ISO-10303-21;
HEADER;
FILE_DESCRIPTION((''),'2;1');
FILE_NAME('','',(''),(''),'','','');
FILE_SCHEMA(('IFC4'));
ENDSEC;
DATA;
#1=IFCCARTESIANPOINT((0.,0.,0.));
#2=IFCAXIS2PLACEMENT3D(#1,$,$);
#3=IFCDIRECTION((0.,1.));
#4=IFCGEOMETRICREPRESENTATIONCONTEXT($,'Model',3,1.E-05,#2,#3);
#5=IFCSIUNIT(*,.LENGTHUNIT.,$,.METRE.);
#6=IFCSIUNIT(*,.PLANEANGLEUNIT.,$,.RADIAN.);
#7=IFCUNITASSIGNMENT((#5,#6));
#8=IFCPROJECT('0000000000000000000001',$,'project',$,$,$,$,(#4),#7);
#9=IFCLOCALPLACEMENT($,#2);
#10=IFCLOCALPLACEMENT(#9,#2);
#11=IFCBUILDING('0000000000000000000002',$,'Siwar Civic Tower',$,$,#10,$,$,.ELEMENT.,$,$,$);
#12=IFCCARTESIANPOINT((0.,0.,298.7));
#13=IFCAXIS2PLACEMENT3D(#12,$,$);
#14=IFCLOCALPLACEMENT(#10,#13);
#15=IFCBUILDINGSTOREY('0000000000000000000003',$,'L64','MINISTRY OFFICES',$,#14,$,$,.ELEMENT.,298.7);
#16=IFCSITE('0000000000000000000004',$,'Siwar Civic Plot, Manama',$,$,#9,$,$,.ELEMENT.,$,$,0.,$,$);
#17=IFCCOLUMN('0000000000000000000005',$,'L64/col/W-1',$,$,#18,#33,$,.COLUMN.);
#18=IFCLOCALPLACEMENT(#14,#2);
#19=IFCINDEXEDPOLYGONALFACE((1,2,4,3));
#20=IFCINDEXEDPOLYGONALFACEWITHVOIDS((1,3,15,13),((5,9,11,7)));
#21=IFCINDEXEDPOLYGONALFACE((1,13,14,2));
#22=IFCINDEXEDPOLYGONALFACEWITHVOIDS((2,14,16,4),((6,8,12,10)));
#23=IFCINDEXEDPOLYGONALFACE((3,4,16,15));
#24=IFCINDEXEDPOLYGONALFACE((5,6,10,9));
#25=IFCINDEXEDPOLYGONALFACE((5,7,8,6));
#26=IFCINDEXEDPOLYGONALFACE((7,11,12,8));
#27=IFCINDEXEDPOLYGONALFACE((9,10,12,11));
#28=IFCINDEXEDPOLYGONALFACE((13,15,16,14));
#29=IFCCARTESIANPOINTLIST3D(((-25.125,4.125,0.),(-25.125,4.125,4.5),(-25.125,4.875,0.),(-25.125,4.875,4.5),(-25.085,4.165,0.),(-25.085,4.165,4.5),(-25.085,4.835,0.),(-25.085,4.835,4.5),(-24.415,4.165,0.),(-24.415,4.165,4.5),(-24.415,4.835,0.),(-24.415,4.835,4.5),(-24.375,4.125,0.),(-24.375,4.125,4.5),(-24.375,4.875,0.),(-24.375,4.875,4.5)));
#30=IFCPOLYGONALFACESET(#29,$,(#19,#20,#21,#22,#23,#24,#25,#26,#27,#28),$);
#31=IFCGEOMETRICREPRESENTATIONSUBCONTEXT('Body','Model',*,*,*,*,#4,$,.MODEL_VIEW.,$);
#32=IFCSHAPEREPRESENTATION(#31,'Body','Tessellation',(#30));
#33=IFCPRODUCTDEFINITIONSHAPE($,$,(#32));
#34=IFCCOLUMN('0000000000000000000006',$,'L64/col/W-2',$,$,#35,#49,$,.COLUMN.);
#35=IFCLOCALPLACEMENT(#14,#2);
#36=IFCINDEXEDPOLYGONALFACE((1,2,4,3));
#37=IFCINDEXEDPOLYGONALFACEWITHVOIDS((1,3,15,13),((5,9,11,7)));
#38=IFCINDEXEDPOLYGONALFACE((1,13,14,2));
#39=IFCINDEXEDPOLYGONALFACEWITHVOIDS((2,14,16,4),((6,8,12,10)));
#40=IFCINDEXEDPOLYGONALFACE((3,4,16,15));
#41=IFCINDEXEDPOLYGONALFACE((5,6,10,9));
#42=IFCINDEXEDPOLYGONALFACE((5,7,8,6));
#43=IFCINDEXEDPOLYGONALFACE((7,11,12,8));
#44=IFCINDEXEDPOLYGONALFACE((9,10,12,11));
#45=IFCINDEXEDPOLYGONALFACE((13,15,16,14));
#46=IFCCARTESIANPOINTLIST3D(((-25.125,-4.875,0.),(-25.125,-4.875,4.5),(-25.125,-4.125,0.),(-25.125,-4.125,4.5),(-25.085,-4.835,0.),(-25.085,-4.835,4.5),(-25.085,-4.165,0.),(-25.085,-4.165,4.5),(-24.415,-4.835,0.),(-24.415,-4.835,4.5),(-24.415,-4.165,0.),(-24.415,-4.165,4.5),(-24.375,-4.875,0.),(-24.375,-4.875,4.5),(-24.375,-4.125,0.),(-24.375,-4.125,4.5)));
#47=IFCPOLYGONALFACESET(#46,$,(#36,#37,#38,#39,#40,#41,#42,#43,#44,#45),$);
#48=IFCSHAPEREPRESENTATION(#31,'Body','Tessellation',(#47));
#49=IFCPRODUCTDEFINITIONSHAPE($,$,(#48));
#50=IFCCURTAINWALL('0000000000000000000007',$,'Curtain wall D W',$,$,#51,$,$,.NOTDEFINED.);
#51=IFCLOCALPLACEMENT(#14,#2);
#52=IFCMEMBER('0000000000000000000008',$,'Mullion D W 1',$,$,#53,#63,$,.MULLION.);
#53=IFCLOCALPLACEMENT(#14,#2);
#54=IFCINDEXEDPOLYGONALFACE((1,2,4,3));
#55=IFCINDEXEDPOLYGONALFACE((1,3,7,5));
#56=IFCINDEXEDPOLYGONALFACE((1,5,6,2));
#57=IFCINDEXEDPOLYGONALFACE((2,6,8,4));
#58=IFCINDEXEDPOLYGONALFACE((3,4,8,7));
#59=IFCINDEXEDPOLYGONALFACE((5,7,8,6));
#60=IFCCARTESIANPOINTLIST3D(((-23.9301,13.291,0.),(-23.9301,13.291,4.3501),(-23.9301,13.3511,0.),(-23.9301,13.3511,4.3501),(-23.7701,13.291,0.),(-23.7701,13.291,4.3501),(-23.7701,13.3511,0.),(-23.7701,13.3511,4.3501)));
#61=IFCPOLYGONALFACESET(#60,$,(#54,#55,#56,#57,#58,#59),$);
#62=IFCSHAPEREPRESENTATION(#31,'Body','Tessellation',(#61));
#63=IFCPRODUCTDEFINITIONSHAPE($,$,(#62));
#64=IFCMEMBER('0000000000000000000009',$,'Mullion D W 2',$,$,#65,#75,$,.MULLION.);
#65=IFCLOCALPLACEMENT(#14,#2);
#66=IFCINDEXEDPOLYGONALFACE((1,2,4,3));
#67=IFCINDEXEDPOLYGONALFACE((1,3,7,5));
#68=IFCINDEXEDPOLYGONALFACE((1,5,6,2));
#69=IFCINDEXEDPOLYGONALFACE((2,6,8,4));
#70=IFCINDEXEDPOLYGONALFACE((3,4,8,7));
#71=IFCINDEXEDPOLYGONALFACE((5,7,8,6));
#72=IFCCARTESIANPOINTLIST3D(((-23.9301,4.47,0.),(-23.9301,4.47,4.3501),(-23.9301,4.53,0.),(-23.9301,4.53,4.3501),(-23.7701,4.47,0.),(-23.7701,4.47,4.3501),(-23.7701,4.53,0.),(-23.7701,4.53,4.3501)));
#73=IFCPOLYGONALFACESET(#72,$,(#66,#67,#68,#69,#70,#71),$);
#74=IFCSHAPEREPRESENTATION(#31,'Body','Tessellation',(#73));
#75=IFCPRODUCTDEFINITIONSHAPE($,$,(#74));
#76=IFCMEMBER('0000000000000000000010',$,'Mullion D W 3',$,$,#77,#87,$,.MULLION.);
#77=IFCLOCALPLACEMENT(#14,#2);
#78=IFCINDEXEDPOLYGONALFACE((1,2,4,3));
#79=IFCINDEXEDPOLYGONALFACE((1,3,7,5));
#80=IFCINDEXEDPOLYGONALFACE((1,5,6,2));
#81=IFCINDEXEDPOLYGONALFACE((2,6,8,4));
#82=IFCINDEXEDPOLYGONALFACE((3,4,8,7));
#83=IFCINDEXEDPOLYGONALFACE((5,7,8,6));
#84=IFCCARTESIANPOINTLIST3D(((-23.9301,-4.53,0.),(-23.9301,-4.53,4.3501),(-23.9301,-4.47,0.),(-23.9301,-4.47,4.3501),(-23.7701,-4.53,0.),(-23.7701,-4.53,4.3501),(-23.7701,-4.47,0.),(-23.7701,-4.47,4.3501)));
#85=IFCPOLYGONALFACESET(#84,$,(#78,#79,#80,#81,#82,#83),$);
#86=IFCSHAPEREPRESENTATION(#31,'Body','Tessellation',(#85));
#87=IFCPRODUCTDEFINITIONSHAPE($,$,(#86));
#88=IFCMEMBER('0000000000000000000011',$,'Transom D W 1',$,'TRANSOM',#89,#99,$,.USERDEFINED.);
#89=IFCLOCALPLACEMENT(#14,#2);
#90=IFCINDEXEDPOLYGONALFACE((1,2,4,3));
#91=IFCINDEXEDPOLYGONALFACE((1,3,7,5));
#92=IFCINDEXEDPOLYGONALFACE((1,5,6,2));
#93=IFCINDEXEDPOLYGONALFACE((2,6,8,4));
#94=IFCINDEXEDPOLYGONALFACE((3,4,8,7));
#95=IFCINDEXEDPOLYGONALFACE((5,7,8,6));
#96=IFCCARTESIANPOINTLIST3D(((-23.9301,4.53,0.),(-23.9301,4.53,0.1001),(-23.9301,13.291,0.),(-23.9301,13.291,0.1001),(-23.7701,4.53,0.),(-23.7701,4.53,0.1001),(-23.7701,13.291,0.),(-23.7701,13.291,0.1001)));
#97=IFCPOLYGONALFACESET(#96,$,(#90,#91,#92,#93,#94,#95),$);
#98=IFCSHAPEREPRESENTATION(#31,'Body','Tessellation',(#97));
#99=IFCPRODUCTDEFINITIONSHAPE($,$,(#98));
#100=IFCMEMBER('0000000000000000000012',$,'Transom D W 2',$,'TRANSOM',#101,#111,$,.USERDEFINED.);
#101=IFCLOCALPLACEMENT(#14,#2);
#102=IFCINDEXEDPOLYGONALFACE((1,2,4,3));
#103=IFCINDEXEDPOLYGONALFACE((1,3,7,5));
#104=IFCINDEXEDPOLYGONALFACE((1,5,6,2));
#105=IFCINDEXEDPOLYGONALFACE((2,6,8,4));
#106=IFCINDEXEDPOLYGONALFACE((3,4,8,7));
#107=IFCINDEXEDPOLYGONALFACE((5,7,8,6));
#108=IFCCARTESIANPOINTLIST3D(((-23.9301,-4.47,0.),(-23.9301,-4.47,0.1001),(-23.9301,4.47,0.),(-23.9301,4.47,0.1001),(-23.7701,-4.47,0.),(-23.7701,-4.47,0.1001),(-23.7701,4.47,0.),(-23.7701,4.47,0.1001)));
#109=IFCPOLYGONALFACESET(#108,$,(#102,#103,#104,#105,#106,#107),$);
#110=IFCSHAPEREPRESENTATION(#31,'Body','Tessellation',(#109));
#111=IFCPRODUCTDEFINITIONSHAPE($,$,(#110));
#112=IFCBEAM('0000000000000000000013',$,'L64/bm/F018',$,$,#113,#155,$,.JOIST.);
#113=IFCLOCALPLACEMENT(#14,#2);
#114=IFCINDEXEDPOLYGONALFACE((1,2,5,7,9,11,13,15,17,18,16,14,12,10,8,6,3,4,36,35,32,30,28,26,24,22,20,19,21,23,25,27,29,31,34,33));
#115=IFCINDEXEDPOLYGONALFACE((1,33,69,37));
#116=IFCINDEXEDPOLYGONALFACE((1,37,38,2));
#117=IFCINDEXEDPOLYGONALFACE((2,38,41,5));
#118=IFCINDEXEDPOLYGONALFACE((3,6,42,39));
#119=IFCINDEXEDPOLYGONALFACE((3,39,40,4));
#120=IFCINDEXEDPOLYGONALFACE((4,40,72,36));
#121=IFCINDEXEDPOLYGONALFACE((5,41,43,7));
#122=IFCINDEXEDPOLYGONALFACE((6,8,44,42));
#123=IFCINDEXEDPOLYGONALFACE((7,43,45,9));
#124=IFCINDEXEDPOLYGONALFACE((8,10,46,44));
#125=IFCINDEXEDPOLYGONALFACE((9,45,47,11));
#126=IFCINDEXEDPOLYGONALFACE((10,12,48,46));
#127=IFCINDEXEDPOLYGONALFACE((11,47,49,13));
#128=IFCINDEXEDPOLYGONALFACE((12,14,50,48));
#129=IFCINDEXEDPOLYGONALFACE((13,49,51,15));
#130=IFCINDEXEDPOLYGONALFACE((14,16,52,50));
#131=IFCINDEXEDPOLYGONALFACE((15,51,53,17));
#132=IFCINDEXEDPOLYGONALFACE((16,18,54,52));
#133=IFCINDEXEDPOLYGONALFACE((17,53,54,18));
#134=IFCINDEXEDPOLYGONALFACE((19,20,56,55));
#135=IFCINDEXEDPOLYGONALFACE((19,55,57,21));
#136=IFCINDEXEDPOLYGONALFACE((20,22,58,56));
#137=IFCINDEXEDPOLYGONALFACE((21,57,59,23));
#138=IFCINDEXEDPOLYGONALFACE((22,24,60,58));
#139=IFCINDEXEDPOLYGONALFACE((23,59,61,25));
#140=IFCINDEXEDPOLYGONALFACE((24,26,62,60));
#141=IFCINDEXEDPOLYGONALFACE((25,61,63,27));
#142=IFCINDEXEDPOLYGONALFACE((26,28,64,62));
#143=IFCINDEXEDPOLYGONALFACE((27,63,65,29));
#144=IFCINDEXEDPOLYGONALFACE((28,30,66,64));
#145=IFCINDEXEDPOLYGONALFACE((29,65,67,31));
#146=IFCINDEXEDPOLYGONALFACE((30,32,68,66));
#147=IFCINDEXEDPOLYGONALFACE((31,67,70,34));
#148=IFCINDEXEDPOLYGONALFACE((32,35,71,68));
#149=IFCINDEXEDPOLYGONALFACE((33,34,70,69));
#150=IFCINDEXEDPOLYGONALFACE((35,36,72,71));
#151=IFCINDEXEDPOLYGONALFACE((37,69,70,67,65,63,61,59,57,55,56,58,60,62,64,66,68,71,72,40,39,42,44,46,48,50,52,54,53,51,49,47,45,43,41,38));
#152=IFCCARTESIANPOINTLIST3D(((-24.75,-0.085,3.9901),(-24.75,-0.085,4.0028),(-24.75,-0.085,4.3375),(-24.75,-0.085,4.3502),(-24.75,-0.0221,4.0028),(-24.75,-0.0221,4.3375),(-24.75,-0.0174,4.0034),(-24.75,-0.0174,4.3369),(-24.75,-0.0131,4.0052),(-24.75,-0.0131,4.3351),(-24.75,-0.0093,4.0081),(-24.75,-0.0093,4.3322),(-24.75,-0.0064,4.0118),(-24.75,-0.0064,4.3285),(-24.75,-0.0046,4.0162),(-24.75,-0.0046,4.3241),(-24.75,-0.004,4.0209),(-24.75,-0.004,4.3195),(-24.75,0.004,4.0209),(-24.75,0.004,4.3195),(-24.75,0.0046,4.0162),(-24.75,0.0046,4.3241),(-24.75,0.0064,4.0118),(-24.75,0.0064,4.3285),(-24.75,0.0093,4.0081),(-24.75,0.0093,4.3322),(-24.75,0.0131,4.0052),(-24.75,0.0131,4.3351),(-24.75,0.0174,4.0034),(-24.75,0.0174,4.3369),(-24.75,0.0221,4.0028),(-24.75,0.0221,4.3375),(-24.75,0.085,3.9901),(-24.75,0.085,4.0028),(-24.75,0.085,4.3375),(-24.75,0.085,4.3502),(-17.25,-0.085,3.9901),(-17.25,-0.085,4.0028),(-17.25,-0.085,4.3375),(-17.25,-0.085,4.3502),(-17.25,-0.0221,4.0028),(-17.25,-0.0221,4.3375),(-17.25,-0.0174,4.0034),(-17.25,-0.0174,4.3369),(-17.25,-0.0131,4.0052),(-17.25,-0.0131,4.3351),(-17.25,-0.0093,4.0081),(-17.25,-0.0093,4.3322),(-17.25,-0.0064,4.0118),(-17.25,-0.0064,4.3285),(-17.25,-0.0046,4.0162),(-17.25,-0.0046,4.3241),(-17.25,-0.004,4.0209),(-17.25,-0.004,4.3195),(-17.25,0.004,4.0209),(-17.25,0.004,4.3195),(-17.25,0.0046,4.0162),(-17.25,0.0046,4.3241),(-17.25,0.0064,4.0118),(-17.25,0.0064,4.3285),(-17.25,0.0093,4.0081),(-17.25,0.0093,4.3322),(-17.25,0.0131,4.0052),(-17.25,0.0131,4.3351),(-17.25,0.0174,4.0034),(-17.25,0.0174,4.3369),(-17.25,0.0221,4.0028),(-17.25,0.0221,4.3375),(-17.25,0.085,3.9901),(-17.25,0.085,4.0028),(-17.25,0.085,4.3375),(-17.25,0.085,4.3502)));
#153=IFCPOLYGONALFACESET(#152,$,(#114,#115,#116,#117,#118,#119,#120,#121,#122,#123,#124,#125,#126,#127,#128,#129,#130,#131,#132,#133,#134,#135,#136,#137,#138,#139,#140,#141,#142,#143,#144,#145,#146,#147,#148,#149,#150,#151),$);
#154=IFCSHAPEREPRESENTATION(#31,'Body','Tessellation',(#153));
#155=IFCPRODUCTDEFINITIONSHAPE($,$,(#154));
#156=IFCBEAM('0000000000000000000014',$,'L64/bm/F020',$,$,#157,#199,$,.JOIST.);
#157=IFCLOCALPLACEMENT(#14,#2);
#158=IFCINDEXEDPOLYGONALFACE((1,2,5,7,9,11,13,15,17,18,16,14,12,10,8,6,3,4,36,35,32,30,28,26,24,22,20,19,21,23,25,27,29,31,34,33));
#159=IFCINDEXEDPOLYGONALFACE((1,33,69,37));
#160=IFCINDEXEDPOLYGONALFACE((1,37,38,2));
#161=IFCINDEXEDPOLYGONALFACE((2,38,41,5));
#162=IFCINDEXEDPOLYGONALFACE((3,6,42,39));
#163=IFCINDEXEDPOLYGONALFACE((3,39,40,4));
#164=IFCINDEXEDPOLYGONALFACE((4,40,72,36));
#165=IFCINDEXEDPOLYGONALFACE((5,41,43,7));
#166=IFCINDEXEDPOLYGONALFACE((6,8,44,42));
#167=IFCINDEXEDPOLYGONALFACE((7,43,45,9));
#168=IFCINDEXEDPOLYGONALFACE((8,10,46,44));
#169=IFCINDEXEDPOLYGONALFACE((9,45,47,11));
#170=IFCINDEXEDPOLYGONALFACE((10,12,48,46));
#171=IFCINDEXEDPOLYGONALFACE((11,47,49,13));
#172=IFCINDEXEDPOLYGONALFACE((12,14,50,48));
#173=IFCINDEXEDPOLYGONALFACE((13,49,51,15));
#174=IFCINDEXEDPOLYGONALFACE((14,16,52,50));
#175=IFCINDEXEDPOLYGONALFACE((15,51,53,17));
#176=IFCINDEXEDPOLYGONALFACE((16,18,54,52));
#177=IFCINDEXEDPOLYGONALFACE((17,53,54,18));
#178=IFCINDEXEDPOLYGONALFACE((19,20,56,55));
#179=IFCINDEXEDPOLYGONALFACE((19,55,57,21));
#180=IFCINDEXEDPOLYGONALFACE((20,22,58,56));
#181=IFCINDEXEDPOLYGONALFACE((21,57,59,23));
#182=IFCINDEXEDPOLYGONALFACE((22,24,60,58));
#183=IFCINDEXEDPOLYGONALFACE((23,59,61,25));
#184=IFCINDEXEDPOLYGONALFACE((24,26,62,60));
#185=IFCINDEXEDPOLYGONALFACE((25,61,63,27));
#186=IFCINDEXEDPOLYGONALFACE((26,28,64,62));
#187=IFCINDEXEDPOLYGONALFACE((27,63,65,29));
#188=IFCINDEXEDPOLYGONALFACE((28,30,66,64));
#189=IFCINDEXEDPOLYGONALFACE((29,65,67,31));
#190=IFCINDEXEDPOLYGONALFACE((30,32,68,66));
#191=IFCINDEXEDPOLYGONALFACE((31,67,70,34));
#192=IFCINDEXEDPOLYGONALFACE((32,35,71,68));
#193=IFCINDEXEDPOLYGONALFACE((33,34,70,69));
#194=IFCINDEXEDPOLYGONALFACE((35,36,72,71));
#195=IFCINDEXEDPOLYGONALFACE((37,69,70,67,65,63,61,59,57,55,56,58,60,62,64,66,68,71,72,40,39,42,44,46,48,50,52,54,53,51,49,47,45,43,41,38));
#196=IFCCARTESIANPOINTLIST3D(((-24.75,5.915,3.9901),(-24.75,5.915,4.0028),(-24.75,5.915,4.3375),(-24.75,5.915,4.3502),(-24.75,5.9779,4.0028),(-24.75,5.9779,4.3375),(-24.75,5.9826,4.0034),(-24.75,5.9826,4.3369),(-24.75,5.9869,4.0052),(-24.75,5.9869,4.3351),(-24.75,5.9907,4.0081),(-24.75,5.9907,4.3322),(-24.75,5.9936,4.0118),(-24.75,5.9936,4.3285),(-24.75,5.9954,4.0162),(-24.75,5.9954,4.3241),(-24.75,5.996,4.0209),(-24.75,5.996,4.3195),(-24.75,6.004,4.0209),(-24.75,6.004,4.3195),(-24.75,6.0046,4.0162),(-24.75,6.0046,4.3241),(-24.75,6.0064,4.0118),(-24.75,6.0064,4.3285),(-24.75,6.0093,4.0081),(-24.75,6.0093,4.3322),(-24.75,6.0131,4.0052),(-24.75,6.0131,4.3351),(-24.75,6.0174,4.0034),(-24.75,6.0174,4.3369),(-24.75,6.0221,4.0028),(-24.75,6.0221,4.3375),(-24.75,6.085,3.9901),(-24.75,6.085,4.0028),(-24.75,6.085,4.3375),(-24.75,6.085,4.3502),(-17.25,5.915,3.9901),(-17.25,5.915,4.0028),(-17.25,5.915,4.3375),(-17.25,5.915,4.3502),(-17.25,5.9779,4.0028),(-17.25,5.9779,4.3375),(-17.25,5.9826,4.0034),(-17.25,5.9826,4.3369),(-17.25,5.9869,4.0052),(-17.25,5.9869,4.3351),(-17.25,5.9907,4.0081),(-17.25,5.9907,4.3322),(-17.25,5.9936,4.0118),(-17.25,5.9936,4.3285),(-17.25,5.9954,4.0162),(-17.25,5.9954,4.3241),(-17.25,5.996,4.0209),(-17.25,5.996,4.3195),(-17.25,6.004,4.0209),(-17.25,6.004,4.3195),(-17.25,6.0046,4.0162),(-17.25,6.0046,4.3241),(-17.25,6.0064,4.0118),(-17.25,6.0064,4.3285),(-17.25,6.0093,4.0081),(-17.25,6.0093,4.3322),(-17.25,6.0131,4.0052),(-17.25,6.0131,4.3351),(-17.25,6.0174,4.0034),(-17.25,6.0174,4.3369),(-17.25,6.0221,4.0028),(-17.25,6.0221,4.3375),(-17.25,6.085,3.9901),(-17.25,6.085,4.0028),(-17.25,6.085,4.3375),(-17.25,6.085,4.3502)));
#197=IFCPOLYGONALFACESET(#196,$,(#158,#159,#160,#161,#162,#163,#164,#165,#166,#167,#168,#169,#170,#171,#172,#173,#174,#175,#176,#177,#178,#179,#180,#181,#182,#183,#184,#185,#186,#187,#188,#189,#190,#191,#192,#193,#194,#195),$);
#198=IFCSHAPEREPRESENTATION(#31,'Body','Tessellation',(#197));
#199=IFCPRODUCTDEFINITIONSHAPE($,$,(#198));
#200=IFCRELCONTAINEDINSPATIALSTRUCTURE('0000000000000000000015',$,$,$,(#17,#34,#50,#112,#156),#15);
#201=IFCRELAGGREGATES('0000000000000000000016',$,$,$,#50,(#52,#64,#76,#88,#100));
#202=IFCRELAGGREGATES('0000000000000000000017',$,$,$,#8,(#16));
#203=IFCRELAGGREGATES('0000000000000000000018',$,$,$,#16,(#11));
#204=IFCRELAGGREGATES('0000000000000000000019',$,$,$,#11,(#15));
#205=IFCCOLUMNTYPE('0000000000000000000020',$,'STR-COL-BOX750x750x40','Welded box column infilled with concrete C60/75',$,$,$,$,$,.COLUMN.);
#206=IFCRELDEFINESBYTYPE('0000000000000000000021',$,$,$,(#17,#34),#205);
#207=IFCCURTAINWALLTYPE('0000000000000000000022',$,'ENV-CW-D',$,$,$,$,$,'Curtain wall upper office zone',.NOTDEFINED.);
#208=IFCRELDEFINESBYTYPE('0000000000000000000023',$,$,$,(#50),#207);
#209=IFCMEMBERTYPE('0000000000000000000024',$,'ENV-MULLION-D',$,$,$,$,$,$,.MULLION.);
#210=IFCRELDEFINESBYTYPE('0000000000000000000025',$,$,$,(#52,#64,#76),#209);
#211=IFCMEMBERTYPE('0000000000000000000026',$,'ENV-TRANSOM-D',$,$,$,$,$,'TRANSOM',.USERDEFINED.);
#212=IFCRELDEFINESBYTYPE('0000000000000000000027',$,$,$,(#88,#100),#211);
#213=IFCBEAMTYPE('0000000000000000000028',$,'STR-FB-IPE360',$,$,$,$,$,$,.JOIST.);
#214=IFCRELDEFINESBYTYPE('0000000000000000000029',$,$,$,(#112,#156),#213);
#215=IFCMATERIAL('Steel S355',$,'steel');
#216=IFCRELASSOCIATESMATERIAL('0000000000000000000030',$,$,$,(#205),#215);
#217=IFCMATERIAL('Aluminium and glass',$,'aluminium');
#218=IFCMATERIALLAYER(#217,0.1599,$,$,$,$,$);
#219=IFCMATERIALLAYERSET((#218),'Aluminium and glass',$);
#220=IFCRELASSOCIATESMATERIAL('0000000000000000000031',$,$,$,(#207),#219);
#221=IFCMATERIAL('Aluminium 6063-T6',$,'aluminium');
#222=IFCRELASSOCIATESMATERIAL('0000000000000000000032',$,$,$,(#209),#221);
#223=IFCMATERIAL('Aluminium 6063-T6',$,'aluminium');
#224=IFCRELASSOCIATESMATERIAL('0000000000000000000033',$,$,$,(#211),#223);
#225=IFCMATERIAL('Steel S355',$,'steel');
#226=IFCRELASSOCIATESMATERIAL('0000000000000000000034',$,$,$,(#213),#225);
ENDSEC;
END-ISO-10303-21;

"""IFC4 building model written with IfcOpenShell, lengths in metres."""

from ifc_helpers import new_model, si_unit, direction, frame, origin, origin_2d, place, context, subcontext, project, spatial, rectangle, hollow_rectangle, i_section, extrude, material, layer, layer_set, material_profile, profile_set, type_object, element, aggregate, save


model = new_model("IFC4")

# Units and contexts
model_context = context("Model", 3, precision=1e-05, world=origin(), true_north=direction((0.0, 1.0)))
body_context = subcontext(model_context, "Body", "Model", "MODEL_VIEW")
ifc_project = project(units=[si_unit("LENGTHUNIT", "METRE"), si_unit("PLANEANGLEUNIT", "RADIAN")], contexts=[model_context])

# Site, building, storey
site_placement = place(None, origin())
site = spatial("IfcSite", under=ifc_project, at=site_placement, Name="Siwar Civic Plot, Manama", CompositionType="ELEMENT", RefElevation=0.0)
building_placement = place(site_placement, origin())
building = spatial("IfcBuilding", under=site, at=building_placement, Name="Siwar Civic Tower", CompositionType="ELEMENT")
storey_placement = place(building_placement, frame((0.0, 0.0, 298.7)))
storey = spatial("IfcBuildingStorey", under=building, at=storey_placement, Name="L64", Description="MINISTRY OFFICES", CompositionType="ELEMENT", Elevation=298.7)

# Columns
ifc_material_1 = material(Name="Steel S355", Category="steel")
ifc_material_profile_1 = material_profile(ifc_material_1, hollow_rectangle(XDim=0.75, YDim=0.75, WallThickness=0.04, at=origin_2d()), Name="BOX750x750x40")
ifc_profile_set_1 = profile_set([ifc_material_profile_1], Name="Steel S355")
column_type = type_object("IfcColumnType", Name="STR-COL-BOX750x750x40", Description="Welded box column infilled with concrete C60/75", PredefinedType="COLUMN", material=ifc_profile_set_1)
for number, where, z_axis, x_axis, name in (
    (1, (-24.75, 4.5, 0.0), (0.0, 0.0, 1.0), (1.0, 0.0, 0.0), "L64/col/W-1"),
    (2, (-24.75, -4.5, 0.0), (0.0, 0.0, 1.0), (1.0, 0.0, 0.0), "L64/col/W-2"),
):
    element("IfcColumn", number, at=place(storey_placement, frame(where, z_axis=z_axis, x_axis=x_axis)), inside=storey, type_object=column_type, Name=name, PredefinedType="COLUMN", context=body_context, shape_type="SweptSolid", body=[
        extrude(hollow_rectangle(XDim=0.75, YDim=0.75, WallThickness=0.04, at=origin_2d()), origin(), (0.0, 0.0, 1.0), 4.5),
    ])

# Curtain wall, members
ifc_material_2 = material(Name="Aluminium and glass", Category="aluminium")
ifc_layer_1 = layer(ifc_material_2, 0.1599)
ifc_layer_set_1 = layer_set([ifc_layer_1], Name="Aluminium and glass")
curtain_wall_type = type_object("IfcCurtainWallType", Name="ENV-CW-D", ElementType="Curtain wall upper office zone", PredefinedType="NOTDEFINED", material=ifc_layer_set_1)
curtain_wall_placement = place(storey_placement, origin())
curtain_wall = element("IfcCurtainWall", 3, at=curtain_wall_placement, inside=storey, type_object=curtain_wall_type, Name="Curtain wall D W", PredefinedType="NOTDEFINED")
ifc_material_3 = material(Name="Aluminium 6063-T6", Category="aluminium")
ifc_material_profile_2 = material_profile(ifc_material_3, rectangle(XDim=0.1599, YDim=0.0601, at=origin_2d()), Name="AL 160x60")
ifc_profile_set_2 = profile_set([ifc_material_profile_2], Name="Aluminium 6063-T6")
member_type_1 = type_object("IfcMemberType", Name="ENV-MULLION-D", PredefinedType="MULLION", material=ifc_profile_set_2)
member_1_placement = place(storey_placement, frame((-23.8501, 13.321, 0.0), z_axis=(0.0, 0.0, 1.0), x_axis=(1.0, 0.0, 0.0)))
member_1 = element("IfcMember", 4, at=member_1_placement, type_object=member_type_1, Name="Mullion D W 1", PredefinedType="MULLION", context=body_context, shape_type="SweptSolid", body=[
    extrude(rectangle(XDim=0.1599, YDim=0.0601, at=origin_2d()), origin(), (0.0, 0.0, 1.0), 4.3501),
])
member_2_placement = place(storey_placement, frame((-23.8501, 4.5, 0.0), z_axis=(0.0, 0.0, 1.0), x_axis=(1.0, 0.0, 0.0)))
member_2 = element("IfcMember", 5, at=member_2_placement, type_object=member_type_1, Name="Mullion D W 2", PredefinedType="MULLION", context=body_context, shape_type="SweptSolid", body=[
    extrude(rectangle(XDim=0.1599, YDim=0.0601, at=origin_2d()), origin(), (0.0, 0.0, 1.0), 4.3501),
])
member_3_placement = place(storey_placement, frame((-23.8501, -4.5, 0.0), z_axis=(0.0, 0.0, 1.0), x_axis=(1.0, 0.0, 0.0)))
member_3 = element("IfcMember", 6, at=member_3_placement, type_object=member_type_1, Name="Mullion D W 3", PredefinedType="MULLION", context=body_context, shape_type="SweptSolid", body=[
    extrude(rectangle(XDim=0.1599, YDim=0.0601, at=origin_2d()), origin(), (0.0, 0.0, 1.0), 4.3501),
])
ifc_material_4 = material(Name="Aluminium 6063-T6", Category="aluminium")
ifc_material_profile_3 = material_profile(ifc_material_4, rectangle(XDim=0.1599, YDim=0.1001, at=origin_2d()), Name="AL 160x100")
ifc_profile_set_3 = profile_set([ifc_material_profile_3], Name="Aluminium 6063-T6")
member_type_2 = type_object("IfcMemberType", Name="ENV-TRANSOM-D", ElementType="TRANSOM", PredefinedType="USERDEFINED", material=ifc_profile_set_3)
member_4_placement = place(storey_placement, frame((-23.8501, 13.291, 0.05), z_axis=(0.0, -1.0, 0.0), x_axis=(1.0, 0.0, 0.0)))
member_4 = element("IfcMember", 7, at=member_4_placement, type_object=member_type_2, Name="Transom D W 1", ObjectType="TRANSOM", PredefinedType="USERDEFINED", context=body_context, shape_type="SweptSolid", body=[
    extrude(rectangle(XDim=0.1599, YDim=0.1001, at=origin_2d()), origin(), (0.0, 0.0, 1.0), 8.761),
])
member_5_placement = place(storey_placement, frame((-23.8501, 4.47, 0.05), z_axis=(0.0, -1.0, 0.0), x_axis=(1.0, 0.0, 0.0)))
member_5 = element("IfcMember", 8, at=member_5_placement, type_object=member_type_2, Name="Transom D W 2", ObjectType="TRANSOM", PredefinedType="USERDEFINED", context=body_context, shape_type="SweptSolid", body=[
    extrude(rectangle(XDim=0.1599, YDim=0.1001, at=origin_2d()), origin(), (0.0, 0.0, 1.0), 8.9399),
])

# Beams
ifc_material_5 = material(Name="Steel S355", Category="steel")
ifc_material_profile_4 = material_profile(ifc_material_5, i_section(OverallWidth=0.1699, OverallDepth=0.3601, WebThickness=0.0081, FlangeThickness=0.0127, FilletRadius=0.0181, at=origin_2d()), Name="IPE360")
ifc_profile_set_4 = profile_set([ifc_material_profile_4], Name="Steel S355")
beam_type_1 = type_object("IfcBeamType", Name="STR-FB-IPE360", PredefinedType="JOIST", material=ifc_profile_set_4)
for number, where, z_axis, x_axis, name in (
    (9, (-24.75, 0.0, 4.1702), (1.0, 0.0, 0.0), (0.0, 1.0, 0.0), "L64/bm/F018"),
    (10, (-24.75, 6.0, 4.1702), (1.0, 0.0, 0.0), (0.0, 1.0, 0.0), "L64/bm/F020"),
):
    element("IfcBeam", number, at=place(storey_placement, frame(where, z_axis=z_axis, x_axis=x_axis)), inside=storey, type_object=beam_type_1, Name=name, PredefinedType="JOIST", context=body_context, shape_type="SweptSolid", body=[
        extrude(i_section(OverallWidth=0.1699, OverallDepth=0.3601, WebThickness=0.0081, FlangeThickness=0.0127, FilletRadius=0.0181, at=origin_2d()), origin(), (0.0, 0.0, 1.0), 7.5),
    ])

aggregate(curtain_wall, [member_1, member_2, member_3, member_4, member_5])

save(model, "model.ifc")
